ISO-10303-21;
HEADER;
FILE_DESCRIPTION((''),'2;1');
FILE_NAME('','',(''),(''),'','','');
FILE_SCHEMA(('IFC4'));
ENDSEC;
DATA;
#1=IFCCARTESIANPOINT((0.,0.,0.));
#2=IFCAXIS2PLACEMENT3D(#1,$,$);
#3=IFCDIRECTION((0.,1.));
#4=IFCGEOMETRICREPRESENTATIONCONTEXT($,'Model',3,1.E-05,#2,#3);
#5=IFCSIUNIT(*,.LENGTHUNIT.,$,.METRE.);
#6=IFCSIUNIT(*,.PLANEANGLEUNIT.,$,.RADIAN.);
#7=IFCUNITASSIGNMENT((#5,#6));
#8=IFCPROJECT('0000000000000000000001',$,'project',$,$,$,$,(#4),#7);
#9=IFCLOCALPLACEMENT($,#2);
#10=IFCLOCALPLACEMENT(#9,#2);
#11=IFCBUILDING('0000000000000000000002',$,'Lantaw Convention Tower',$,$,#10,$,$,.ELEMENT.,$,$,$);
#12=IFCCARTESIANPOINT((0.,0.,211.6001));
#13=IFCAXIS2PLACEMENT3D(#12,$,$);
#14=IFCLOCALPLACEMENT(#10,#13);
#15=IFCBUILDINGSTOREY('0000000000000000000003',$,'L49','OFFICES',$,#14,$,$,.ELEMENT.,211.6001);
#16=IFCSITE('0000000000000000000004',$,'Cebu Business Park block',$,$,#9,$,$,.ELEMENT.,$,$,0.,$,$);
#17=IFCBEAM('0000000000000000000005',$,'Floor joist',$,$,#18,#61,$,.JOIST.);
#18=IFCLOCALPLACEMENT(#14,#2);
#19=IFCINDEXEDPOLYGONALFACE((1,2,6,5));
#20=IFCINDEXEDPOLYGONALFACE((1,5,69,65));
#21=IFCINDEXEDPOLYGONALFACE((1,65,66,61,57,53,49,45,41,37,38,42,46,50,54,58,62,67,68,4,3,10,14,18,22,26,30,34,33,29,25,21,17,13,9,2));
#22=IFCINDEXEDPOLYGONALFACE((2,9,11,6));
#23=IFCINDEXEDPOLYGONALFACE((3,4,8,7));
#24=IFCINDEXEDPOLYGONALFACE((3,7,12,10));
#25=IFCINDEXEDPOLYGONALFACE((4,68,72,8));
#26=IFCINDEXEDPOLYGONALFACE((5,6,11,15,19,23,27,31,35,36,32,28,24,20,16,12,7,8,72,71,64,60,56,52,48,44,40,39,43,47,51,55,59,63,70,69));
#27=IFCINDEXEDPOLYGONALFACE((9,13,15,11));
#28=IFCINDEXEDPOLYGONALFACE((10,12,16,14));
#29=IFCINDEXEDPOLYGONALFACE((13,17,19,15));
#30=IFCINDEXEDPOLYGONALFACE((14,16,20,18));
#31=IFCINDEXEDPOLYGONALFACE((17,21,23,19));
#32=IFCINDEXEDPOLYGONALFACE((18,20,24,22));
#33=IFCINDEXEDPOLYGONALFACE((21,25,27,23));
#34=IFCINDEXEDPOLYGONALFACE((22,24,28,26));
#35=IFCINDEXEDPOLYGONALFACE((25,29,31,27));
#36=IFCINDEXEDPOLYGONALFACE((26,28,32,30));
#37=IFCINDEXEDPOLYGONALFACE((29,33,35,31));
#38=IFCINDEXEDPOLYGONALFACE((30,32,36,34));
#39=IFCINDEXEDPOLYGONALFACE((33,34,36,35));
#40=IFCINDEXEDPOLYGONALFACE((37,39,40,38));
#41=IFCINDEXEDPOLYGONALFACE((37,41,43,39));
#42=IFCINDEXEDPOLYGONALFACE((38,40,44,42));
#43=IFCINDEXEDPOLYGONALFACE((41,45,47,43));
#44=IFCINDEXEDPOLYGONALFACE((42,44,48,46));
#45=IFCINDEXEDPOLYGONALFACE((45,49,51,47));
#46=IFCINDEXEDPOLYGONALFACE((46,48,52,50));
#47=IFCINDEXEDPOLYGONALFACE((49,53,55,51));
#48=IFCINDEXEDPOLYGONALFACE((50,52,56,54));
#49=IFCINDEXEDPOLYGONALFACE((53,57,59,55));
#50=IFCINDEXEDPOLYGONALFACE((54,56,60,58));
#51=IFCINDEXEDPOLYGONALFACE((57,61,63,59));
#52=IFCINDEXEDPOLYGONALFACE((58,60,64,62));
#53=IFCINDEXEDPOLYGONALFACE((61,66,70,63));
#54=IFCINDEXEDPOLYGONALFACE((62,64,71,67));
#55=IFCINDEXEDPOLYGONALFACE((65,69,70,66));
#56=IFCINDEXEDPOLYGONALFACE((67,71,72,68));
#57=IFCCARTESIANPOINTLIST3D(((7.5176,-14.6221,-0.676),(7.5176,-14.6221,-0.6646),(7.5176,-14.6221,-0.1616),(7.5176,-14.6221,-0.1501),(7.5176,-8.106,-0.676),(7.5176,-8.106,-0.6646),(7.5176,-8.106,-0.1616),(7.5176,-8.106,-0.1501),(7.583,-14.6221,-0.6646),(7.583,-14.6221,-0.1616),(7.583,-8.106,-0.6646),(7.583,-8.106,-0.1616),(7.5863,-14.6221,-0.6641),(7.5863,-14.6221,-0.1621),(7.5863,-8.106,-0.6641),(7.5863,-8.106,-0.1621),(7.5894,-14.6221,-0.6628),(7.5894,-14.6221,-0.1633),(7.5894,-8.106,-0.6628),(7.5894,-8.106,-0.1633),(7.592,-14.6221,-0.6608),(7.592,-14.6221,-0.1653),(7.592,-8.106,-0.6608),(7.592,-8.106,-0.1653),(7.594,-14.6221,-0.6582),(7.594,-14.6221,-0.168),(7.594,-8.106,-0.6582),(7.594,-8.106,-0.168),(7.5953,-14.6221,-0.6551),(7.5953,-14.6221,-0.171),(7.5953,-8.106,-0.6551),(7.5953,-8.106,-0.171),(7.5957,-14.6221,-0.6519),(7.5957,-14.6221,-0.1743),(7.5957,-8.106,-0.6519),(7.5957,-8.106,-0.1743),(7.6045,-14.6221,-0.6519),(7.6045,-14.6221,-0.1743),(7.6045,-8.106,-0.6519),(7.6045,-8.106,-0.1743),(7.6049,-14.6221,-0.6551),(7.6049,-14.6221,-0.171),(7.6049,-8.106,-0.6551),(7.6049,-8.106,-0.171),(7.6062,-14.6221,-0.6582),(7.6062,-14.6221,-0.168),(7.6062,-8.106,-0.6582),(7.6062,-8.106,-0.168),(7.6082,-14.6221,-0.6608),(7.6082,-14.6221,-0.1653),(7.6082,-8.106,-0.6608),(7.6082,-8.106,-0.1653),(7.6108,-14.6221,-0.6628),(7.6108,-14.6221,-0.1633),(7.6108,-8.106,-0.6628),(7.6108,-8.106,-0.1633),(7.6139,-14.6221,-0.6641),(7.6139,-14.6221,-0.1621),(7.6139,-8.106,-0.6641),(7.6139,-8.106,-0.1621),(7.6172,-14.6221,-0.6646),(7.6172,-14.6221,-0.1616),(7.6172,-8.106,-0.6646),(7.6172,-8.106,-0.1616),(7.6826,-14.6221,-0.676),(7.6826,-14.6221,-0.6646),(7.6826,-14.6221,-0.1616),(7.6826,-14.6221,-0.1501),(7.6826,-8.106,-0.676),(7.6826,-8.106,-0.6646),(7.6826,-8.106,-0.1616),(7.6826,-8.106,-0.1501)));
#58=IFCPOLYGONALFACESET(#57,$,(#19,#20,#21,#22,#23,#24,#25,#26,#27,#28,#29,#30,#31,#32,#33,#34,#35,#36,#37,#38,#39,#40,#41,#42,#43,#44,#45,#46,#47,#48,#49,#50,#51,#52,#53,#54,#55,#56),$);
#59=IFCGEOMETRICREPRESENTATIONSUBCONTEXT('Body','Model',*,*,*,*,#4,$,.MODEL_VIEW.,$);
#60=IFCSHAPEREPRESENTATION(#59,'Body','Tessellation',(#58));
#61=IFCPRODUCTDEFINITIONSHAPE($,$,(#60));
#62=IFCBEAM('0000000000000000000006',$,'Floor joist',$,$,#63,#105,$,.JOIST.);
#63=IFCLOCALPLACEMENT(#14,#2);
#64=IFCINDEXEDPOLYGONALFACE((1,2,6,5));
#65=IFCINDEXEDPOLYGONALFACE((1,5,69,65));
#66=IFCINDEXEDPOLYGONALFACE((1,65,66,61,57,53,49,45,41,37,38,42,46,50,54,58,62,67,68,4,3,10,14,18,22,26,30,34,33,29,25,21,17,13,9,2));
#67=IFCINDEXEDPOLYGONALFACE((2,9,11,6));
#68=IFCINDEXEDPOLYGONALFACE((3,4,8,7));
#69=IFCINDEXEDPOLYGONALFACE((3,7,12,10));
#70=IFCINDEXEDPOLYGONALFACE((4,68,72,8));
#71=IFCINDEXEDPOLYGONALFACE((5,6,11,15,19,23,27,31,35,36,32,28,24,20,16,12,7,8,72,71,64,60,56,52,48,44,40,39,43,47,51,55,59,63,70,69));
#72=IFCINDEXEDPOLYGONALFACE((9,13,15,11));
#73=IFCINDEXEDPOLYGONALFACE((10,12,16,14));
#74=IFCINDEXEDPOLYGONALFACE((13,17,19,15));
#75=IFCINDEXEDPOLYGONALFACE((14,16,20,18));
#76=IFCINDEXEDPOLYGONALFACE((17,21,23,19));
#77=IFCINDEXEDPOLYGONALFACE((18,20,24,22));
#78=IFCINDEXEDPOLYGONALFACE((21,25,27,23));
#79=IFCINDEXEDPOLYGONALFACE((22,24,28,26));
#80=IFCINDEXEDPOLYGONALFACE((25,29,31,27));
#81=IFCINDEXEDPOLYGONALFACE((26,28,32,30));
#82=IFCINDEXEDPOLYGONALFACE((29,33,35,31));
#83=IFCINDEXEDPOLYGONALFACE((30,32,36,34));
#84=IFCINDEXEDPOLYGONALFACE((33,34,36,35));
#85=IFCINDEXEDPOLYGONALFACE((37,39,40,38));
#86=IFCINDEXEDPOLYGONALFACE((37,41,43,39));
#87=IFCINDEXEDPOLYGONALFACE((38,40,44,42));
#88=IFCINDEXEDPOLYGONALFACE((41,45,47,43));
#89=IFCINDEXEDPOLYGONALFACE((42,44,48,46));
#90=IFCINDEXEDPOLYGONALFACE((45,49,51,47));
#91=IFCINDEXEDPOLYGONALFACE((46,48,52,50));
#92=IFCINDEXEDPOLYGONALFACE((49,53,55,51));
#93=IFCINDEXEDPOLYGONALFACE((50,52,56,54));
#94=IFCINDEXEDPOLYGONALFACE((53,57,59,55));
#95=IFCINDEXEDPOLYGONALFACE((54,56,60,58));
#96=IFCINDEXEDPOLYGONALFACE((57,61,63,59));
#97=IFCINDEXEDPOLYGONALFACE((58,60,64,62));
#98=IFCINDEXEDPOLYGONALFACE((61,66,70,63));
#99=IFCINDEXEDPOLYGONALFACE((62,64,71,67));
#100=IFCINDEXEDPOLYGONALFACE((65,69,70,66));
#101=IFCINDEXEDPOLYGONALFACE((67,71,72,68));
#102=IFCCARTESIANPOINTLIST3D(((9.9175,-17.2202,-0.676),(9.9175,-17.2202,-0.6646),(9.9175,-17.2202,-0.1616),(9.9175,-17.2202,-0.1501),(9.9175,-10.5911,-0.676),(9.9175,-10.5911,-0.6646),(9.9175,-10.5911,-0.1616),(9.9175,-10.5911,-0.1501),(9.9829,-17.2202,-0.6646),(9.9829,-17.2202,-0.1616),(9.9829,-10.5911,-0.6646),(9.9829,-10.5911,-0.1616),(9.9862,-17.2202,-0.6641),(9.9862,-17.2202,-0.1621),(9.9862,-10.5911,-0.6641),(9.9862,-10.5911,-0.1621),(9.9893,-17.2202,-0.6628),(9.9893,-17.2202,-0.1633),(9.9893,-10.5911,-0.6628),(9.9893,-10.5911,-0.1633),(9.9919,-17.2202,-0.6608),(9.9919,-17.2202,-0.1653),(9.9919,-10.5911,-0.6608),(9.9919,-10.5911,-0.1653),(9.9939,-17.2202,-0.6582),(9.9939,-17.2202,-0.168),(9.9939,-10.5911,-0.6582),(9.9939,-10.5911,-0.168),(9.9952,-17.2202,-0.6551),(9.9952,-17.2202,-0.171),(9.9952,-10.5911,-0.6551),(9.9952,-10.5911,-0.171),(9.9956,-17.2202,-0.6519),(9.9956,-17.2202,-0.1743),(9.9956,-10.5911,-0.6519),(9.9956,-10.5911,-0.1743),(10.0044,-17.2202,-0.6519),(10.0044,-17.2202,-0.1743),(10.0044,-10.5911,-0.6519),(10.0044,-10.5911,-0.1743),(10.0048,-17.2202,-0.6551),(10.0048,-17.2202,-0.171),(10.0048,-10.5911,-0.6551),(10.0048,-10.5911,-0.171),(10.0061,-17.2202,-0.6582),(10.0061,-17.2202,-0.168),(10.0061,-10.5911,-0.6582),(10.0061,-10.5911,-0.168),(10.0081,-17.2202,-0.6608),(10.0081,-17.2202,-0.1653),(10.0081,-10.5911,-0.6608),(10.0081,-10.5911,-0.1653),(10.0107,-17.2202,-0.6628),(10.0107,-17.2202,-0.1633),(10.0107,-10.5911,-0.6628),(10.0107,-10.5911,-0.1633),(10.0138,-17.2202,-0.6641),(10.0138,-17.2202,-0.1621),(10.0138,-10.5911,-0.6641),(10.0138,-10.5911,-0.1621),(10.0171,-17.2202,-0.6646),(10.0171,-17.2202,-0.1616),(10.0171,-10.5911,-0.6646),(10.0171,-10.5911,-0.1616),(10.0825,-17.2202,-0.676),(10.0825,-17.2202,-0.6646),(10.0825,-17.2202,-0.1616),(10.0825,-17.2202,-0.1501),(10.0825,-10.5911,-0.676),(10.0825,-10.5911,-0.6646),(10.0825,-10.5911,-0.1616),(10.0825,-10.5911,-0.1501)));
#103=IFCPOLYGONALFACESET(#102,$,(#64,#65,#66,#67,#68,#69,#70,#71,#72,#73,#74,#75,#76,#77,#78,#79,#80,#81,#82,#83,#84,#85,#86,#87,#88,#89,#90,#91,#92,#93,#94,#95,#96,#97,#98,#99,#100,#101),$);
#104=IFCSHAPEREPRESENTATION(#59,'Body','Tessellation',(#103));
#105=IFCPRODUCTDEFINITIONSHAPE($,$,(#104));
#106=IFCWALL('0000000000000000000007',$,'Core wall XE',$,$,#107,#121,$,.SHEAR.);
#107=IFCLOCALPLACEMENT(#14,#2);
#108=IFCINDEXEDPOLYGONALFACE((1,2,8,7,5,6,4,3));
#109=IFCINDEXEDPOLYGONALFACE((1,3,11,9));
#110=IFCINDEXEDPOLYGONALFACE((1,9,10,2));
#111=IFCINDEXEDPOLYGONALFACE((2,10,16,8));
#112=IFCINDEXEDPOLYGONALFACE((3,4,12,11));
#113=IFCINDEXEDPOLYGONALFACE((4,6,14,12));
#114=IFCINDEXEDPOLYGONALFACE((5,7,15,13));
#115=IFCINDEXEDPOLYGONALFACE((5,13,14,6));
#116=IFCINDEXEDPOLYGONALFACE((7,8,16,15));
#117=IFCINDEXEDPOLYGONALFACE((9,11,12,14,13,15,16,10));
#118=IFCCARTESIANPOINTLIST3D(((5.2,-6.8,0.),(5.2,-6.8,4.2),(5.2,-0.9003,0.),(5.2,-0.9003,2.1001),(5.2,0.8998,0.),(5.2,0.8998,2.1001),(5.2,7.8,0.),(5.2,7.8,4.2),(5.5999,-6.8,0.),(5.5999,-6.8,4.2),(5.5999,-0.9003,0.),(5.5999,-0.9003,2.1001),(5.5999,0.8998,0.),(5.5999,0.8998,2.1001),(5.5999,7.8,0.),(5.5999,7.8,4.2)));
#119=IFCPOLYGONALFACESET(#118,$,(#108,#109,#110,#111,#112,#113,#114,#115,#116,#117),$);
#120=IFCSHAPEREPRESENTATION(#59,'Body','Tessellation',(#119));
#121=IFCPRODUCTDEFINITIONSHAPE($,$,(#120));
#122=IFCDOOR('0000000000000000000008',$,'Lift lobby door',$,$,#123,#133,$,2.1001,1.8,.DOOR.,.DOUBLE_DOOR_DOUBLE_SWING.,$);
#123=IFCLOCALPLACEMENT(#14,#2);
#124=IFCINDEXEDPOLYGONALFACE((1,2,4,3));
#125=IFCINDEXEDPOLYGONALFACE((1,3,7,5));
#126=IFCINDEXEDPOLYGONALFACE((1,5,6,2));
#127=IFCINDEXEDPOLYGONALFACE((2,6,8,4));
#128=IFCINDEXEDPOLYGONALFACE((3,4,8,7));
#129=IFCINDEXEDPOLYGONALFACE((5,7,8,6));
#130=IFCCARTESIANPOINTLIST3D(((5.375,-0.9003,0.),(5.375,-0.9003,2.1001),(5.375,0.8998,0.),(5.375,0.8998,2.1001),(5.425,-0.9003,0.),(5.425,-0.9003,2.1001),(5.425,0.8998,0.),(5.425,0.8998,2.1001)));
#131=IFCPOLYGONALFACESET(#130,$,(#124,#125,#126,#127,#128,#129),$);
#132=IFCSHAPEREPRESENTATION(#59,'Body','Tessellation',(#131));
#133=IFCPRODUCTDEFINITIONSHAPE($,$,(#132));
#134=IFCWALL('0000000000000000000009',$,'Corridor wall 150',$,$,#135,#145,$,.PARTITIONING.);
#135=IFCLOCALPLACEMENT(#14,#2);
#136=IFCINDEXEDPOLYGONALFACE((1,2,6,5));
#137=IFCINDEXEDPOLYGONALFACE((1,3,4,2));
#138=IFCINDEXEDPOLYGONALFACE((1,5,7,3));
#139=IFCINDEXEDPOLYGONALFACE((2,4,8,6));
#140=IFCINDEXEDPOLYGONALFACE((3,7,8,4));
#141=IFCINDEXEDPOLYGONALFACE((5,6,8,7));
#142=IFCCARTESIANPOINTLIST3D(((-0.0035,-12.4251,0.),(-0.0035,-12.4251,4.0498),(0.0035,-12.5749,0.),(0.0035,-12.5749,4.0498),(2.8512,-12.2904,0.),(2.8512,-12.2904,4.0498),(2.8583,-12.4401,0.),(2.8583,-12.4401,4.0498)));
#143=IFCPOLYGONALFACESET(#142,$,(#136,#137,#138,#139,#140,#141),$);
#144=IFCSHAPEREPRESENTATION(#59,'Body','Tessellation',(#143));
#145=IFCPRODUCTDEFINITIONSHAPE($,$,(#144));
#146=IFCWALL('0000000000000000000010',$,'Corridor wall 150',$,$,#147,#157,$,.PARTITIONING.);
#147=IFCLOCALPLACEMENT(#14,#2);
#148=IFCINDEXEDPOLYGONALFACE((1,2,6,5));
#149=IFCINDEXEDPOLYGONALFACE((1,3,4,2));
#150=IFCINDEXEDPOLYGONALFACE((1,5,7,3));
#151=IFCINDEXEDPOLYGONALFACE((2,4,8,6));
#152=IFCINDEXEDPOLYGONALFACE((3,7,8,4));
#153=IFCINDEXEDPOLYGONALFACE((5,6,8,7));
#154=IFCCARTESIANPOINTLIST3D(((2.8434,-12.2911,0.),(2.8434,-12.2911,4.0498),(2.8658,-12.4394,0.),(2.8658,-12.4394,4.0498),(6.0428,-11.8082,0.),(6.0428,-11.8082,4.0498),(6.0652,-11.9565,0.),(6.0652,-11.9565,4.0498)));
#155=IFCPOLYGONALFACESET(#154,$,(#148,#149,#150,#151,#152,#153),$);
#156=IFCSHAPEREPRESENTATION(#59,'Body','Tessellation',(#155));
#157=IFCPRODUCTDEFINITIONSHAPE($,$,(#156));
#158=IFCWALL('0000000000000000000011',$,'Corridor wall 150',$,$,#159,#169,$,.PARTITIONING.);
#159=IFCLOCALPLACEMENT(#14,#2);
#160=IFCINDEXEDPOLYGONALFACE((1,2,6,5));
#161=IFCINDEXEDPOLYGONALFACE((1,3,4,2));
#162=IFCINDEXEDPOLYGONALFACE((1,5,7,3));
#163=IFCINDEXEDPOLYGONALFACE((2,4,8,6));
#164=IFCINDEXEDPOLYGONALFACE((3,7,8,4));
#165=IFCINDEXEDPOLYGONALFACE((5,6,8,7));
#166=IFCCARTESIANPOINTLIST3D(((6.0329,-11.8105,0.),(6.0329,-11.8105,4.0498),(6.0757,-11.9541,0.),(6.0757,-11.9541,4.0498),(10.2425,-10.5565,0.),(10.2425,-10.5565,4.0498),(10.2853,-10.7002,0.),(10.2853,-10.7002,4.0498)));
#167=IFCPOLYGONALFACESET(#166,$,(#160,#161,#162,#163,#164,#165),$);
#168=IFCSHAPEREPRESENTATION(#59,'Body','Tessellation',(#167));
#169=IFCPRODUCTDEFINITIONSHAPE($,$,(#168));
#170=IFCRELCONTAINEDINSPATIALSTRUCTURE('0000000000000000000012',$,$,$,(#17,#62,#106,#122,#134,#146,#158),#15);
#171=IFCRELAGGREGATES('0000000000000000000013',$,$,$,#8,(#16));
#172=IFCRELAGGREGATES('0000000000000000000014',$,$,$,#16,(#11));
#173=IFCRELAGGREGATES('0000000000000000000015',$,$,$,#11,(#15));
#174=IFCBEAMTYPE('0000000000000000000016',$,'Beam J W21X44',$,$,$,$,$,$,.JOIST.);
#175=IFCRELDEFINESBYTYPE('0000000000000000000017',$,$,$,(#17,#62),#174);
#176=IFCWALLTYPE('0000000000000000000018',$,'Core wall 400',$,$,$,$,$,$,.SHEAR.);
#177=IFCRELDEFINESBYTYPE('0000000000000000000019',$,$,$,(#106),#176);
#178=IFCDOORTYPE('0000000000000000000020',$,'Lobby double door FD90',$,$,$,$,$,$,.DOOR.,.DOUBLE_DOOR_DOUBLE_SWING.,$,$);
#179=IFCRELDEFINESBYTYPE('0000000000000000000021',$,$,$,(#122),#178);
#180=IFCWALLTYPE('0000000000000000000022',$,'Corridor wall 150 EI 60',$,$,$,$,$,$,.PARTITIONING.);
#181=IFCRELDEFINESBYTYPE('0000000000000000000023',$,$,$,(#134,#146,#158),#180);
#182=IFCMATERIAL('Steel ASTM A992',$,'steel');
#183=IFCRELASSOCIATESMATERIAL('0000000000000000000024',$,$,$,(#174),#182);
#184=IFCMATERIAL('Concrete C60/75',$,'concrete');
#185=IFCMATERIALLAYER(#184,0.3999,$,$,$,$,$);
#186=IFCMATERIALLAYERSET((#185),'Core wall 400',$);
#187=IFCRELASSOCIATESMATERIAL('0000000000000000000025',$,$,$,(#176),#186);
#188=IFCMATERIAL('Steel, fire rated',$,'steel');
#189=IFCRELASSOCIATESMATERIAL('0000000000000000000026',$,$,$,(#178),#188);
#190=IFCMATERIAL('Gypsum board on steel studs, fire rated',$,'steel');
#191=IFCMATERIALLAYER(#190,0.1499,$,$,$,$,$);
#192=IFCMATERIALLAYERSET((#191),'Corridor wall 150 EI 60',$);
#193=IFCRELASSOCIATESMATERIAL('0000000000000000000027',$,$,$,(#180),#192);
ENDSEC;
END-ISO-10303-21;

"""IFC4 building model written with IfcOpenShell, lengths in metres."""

from ifc_helpers import new_model, si_unit, direction, frame, frame_2d, origin, origin_2d, place, context, subcontext, project, spatial, rectangle, i_section, extrude, material, layer, layer_set, material_profile, profile_set, type_object, element, fill, save


model = new_model("IFC4")

# Units and contexts
model_context = context("Model", 3, precision=1e-05, world=origin(), true_north=direction((0.0, 1.0)))
body_context = subcontext(model_context, "Body", "Model", "MODEL_VIEW")
ifc_project = project(units=[si_unit("LENGTHUNIT", "METRE"), si_unit("PLANEANGLEUNIT", "RADIAN")], contexts=[model_context])

# Site, building, storey
site_placement = place(None, origin())
site = spatial("IfcSite", under=ifc_project, at=site_placement, Name="Cebu Business Park block", CompositionType="ELEMENT", RefElevation=0.0)
building_placement = place(site_placement, origin())
building = spatial("IfcBuilding", under=site, at=building_placement, Name="Lantaw Convention Tower", CompositionType="ELEMENT")
storey_placement = place(building_placement, frame((0.0, 0.0, 211.6001)))
storey = spatial("IfcBuildingStorey", under=building, at=storey_placement, Name="L49", Description="OFFICES", CompositionType="ELEMENT", Elevation=211.6001)

# Beams
ifc_material_1 = material(Name="Steel ASTM A992", Category="steel")
ifc_material_profile_1 = material_profile(ifc_material_1, i_section(OverallWidth=0.165, OverallDepth=0.5259, WebThickness=0.0088, FlangeThickness=0.0115, FilletRadius=0.0127, at=origin_2d()), Name="W21X44")
ifc_profile_set_1 = profile_set([ifc_material_profile_1], Name="Steel ASTM A992")
beam_type_1 = type_object("IfcBeamType", Name="Beam J W21X44", PredefinedType="JOIST", material=ifc_profile_set_1)
beam_1_placement = place(storey_placement, frame((7.6001, -14.6221, -0.4131), z_axis=(0.0, 1.0, 0.0), x_axis=(-1.0, 0.0, 0.0)))
element("IfcBeam", 1, at=beam_1_placement, inside=storey, type_object=beam_type_1, Name="Floor joist", PredefinedType="JOIST", context=body_context, shape_type="SweptSolid", body=[
    extrude(i_section(OverallWidth=0.165, OverallDepth=0.5259, WebThickness=0.0088, FlangeThickness=0.0115, FilletRadius=0.0127, at=origin_2d()), origin(), (0.0, 0.0, 1.0), 6.5161),
])
beam_2_placement = place(storey_placement, frame((10.0, -17.2202, -0.4131), z_axis=(0.0, 1.0, 0.0), x_axis=(-1.0, 0.0, 0.0)))
element("IfcBeam", 2, at=beam_2_placement, inside=storey, type_object=beam_type_1, Name="Floor joist", PredefinedType="JOIST", context=body_context, shape_type="SweptSolid", body=[
    extrude(i_section(OverallWidth=0.165, OverallDepth=0.5259, WebThickness=0.0088, FlangeThickness=0.0115, FilletRadius=0.0127, at=origin_2d()), origin(), (0.0, 0.0, 1.0), 6.6292),
])

# Wall, opening, door
ifc_material_2 = material(Name="Concrete C60/75", Category="concrete")
ifc_layer_1 = layer(ifc_material_2, 0.3999)
ifc_layer_set_1 = layer_set([ifc_layer_1], Name="Core wall 400")
wall_type_1 = type_object("IfcWallType", Name="Core wall 400", PredefinedType="SHEAR", material=ifc_layer_set_1)
wall_1_placement = place(storey_placement, frame((5.3999, -6.8, 0.0), z_axis=(0.0, 0.0, 1.0), x_axis=(0.0, 1.0, 0.0)))
wall_1 = element("IfcWall", 3, at=wall_1_placement, inside=storey, type_object=wall_type_1, Name="Core wall XE", PredefinedType="SHEAR", context=body_context, shape_type="SweptSolid", body=[
    extrude(rectangle(XDim=14.6001, YDim=0.3999, at=frame_2d((7.3, 0.0))), origin(), (0.0, 0.0, 1.0), 4.2),
])
opening_1_placement = place(wall_1_placement, frame((5.8999, 0.0, 0.0)))
opening_1 = element("IfcOpeningElement", 4, at=opening_1_placement, cuts=wall_1, PredefinedType="OPENING", context=body_context, shape_type="SweptSolid", body=[
    extrude(rectangle(XDim=1.8, YDim=2.1001, at=frame_2d((0.8999, 1.05))), frame((0.0, 0.21, 0.0), z_axis=(0.0, -1.0, 0.0), x_axis=(1.0, 0.0, 0.0)), (0.0, 0.0, 1.0), 0.4199),
])
ifc_material_3 = material(Name="Steel, fire rated", Category="steel")
door_type_1 = type_object("IfcDoorType", Name="Lobby double door FD90", OperationType="DOUBLE_DOOR_DOUBLE_SWING", PredefinedType="DOOR", material=ifc_material_3)
door_1_placement = place(opening_1_placement, origin())
door_1 = element("IfcDoor", 5, at=door_1_placement, inside=storey, type_object=door_type_1, Name="Lift lobby door", OperationType="DOUBLE_DOOR_DOUBLE_SWING", OverallHeight=2.1001, OverallWidth=1.8, PredefinedType="DOOR", context=body_context, shape_type="SweptSolid", body=[
    extrude(rectangle(XDim=1.8, YDim=2.1001, at=frame_2d((0.8999, 1.05))), frame((0.0, 0.0249, 0.0), z_axis=(0.0, -1.0, 0.0), x_axis=(1.0, 0.0, 0.0)), (0.0, 0.0, 1.0), 0.05),
])
fill(opening_1, door_1)

# Walls
ifc_material_4 = material(Name="Gypsum board on steel studs, fire rated", Category="steel")
ifc_layer_2 = layer(ifc_material_4, 0.1499)
ifc_layer_set_2 = layer_set([ifc_layer_2], Name="Corridor wall 150 EI 60")
wall_type_2 = type_object("IfcWallType", Name="Corridor wall 150 EI 60", PredefinedType="PARTITIONING", material=ifc_layer_set_2)
wall_2_placement = place(storey_placement, frame((0.0, -12.5, 0.0), z_axis=(0.0, 0.0, 1.0), x_axis=(0.998888, 0.047155, 0.0)))
element("IfcWall", 6, at=wall_2_placement, inside=storey, type_object=wall_type_2, Name="Corridor wall 150", PredefinedType="PARTITIONING", context=body_context, shape_type="SweptSolid", body=[
    extrude(rectangle(XDim=2.8579, YDim=0.1499, at=frame_2d((1.429, 0.0))), origin(), (0.0, 0.0, 1.0), 4.0498),
])
wall_3_placement = place(storey_placement, frame((2.8547, -12.3652, 0.0), z_axis=(0.0, 0.0, 1.0), x_axis=(0.9888, 0.149244, 0.0)))
element("IfcWall", 7, at=wall_3_placement, inside=storey, type_object=wall_type_2, Name="Corridor wall 150", PredefinedType="PARTITIONING", context=body_context, shape_type="SweptSolid", body=[
    extrude(rectangle(XDim=3.2356, YDim=0.1499, at=frame_2d((1.6177, 0.0))), origin(), (0.0, 0.0, 1.0), 4.0498),
])
wall_4_placement = place(storey_placement, frame((6.0542, -11.8823, 0.0), z_axis=(0.0, 0.0, 1.0), x_axis=(0.958384, 0.285481, 0.0)))
element("IfcWall", 8, at=wall_4_placement, inside=storey, type_object=wall_type_2, Name="Corridor wall 150", PredefinedType="PARTITIONING", context=body_context, shape_type="SweptSolid", body=[
    extrude(rectangle(XDim=4.3923, YDim=0.1499, at=frame_2d((2.1963, 0.0))), origin(), (0.0, 0.0, 1.0), 4.0498),
])

save(model, "model.ifc")
